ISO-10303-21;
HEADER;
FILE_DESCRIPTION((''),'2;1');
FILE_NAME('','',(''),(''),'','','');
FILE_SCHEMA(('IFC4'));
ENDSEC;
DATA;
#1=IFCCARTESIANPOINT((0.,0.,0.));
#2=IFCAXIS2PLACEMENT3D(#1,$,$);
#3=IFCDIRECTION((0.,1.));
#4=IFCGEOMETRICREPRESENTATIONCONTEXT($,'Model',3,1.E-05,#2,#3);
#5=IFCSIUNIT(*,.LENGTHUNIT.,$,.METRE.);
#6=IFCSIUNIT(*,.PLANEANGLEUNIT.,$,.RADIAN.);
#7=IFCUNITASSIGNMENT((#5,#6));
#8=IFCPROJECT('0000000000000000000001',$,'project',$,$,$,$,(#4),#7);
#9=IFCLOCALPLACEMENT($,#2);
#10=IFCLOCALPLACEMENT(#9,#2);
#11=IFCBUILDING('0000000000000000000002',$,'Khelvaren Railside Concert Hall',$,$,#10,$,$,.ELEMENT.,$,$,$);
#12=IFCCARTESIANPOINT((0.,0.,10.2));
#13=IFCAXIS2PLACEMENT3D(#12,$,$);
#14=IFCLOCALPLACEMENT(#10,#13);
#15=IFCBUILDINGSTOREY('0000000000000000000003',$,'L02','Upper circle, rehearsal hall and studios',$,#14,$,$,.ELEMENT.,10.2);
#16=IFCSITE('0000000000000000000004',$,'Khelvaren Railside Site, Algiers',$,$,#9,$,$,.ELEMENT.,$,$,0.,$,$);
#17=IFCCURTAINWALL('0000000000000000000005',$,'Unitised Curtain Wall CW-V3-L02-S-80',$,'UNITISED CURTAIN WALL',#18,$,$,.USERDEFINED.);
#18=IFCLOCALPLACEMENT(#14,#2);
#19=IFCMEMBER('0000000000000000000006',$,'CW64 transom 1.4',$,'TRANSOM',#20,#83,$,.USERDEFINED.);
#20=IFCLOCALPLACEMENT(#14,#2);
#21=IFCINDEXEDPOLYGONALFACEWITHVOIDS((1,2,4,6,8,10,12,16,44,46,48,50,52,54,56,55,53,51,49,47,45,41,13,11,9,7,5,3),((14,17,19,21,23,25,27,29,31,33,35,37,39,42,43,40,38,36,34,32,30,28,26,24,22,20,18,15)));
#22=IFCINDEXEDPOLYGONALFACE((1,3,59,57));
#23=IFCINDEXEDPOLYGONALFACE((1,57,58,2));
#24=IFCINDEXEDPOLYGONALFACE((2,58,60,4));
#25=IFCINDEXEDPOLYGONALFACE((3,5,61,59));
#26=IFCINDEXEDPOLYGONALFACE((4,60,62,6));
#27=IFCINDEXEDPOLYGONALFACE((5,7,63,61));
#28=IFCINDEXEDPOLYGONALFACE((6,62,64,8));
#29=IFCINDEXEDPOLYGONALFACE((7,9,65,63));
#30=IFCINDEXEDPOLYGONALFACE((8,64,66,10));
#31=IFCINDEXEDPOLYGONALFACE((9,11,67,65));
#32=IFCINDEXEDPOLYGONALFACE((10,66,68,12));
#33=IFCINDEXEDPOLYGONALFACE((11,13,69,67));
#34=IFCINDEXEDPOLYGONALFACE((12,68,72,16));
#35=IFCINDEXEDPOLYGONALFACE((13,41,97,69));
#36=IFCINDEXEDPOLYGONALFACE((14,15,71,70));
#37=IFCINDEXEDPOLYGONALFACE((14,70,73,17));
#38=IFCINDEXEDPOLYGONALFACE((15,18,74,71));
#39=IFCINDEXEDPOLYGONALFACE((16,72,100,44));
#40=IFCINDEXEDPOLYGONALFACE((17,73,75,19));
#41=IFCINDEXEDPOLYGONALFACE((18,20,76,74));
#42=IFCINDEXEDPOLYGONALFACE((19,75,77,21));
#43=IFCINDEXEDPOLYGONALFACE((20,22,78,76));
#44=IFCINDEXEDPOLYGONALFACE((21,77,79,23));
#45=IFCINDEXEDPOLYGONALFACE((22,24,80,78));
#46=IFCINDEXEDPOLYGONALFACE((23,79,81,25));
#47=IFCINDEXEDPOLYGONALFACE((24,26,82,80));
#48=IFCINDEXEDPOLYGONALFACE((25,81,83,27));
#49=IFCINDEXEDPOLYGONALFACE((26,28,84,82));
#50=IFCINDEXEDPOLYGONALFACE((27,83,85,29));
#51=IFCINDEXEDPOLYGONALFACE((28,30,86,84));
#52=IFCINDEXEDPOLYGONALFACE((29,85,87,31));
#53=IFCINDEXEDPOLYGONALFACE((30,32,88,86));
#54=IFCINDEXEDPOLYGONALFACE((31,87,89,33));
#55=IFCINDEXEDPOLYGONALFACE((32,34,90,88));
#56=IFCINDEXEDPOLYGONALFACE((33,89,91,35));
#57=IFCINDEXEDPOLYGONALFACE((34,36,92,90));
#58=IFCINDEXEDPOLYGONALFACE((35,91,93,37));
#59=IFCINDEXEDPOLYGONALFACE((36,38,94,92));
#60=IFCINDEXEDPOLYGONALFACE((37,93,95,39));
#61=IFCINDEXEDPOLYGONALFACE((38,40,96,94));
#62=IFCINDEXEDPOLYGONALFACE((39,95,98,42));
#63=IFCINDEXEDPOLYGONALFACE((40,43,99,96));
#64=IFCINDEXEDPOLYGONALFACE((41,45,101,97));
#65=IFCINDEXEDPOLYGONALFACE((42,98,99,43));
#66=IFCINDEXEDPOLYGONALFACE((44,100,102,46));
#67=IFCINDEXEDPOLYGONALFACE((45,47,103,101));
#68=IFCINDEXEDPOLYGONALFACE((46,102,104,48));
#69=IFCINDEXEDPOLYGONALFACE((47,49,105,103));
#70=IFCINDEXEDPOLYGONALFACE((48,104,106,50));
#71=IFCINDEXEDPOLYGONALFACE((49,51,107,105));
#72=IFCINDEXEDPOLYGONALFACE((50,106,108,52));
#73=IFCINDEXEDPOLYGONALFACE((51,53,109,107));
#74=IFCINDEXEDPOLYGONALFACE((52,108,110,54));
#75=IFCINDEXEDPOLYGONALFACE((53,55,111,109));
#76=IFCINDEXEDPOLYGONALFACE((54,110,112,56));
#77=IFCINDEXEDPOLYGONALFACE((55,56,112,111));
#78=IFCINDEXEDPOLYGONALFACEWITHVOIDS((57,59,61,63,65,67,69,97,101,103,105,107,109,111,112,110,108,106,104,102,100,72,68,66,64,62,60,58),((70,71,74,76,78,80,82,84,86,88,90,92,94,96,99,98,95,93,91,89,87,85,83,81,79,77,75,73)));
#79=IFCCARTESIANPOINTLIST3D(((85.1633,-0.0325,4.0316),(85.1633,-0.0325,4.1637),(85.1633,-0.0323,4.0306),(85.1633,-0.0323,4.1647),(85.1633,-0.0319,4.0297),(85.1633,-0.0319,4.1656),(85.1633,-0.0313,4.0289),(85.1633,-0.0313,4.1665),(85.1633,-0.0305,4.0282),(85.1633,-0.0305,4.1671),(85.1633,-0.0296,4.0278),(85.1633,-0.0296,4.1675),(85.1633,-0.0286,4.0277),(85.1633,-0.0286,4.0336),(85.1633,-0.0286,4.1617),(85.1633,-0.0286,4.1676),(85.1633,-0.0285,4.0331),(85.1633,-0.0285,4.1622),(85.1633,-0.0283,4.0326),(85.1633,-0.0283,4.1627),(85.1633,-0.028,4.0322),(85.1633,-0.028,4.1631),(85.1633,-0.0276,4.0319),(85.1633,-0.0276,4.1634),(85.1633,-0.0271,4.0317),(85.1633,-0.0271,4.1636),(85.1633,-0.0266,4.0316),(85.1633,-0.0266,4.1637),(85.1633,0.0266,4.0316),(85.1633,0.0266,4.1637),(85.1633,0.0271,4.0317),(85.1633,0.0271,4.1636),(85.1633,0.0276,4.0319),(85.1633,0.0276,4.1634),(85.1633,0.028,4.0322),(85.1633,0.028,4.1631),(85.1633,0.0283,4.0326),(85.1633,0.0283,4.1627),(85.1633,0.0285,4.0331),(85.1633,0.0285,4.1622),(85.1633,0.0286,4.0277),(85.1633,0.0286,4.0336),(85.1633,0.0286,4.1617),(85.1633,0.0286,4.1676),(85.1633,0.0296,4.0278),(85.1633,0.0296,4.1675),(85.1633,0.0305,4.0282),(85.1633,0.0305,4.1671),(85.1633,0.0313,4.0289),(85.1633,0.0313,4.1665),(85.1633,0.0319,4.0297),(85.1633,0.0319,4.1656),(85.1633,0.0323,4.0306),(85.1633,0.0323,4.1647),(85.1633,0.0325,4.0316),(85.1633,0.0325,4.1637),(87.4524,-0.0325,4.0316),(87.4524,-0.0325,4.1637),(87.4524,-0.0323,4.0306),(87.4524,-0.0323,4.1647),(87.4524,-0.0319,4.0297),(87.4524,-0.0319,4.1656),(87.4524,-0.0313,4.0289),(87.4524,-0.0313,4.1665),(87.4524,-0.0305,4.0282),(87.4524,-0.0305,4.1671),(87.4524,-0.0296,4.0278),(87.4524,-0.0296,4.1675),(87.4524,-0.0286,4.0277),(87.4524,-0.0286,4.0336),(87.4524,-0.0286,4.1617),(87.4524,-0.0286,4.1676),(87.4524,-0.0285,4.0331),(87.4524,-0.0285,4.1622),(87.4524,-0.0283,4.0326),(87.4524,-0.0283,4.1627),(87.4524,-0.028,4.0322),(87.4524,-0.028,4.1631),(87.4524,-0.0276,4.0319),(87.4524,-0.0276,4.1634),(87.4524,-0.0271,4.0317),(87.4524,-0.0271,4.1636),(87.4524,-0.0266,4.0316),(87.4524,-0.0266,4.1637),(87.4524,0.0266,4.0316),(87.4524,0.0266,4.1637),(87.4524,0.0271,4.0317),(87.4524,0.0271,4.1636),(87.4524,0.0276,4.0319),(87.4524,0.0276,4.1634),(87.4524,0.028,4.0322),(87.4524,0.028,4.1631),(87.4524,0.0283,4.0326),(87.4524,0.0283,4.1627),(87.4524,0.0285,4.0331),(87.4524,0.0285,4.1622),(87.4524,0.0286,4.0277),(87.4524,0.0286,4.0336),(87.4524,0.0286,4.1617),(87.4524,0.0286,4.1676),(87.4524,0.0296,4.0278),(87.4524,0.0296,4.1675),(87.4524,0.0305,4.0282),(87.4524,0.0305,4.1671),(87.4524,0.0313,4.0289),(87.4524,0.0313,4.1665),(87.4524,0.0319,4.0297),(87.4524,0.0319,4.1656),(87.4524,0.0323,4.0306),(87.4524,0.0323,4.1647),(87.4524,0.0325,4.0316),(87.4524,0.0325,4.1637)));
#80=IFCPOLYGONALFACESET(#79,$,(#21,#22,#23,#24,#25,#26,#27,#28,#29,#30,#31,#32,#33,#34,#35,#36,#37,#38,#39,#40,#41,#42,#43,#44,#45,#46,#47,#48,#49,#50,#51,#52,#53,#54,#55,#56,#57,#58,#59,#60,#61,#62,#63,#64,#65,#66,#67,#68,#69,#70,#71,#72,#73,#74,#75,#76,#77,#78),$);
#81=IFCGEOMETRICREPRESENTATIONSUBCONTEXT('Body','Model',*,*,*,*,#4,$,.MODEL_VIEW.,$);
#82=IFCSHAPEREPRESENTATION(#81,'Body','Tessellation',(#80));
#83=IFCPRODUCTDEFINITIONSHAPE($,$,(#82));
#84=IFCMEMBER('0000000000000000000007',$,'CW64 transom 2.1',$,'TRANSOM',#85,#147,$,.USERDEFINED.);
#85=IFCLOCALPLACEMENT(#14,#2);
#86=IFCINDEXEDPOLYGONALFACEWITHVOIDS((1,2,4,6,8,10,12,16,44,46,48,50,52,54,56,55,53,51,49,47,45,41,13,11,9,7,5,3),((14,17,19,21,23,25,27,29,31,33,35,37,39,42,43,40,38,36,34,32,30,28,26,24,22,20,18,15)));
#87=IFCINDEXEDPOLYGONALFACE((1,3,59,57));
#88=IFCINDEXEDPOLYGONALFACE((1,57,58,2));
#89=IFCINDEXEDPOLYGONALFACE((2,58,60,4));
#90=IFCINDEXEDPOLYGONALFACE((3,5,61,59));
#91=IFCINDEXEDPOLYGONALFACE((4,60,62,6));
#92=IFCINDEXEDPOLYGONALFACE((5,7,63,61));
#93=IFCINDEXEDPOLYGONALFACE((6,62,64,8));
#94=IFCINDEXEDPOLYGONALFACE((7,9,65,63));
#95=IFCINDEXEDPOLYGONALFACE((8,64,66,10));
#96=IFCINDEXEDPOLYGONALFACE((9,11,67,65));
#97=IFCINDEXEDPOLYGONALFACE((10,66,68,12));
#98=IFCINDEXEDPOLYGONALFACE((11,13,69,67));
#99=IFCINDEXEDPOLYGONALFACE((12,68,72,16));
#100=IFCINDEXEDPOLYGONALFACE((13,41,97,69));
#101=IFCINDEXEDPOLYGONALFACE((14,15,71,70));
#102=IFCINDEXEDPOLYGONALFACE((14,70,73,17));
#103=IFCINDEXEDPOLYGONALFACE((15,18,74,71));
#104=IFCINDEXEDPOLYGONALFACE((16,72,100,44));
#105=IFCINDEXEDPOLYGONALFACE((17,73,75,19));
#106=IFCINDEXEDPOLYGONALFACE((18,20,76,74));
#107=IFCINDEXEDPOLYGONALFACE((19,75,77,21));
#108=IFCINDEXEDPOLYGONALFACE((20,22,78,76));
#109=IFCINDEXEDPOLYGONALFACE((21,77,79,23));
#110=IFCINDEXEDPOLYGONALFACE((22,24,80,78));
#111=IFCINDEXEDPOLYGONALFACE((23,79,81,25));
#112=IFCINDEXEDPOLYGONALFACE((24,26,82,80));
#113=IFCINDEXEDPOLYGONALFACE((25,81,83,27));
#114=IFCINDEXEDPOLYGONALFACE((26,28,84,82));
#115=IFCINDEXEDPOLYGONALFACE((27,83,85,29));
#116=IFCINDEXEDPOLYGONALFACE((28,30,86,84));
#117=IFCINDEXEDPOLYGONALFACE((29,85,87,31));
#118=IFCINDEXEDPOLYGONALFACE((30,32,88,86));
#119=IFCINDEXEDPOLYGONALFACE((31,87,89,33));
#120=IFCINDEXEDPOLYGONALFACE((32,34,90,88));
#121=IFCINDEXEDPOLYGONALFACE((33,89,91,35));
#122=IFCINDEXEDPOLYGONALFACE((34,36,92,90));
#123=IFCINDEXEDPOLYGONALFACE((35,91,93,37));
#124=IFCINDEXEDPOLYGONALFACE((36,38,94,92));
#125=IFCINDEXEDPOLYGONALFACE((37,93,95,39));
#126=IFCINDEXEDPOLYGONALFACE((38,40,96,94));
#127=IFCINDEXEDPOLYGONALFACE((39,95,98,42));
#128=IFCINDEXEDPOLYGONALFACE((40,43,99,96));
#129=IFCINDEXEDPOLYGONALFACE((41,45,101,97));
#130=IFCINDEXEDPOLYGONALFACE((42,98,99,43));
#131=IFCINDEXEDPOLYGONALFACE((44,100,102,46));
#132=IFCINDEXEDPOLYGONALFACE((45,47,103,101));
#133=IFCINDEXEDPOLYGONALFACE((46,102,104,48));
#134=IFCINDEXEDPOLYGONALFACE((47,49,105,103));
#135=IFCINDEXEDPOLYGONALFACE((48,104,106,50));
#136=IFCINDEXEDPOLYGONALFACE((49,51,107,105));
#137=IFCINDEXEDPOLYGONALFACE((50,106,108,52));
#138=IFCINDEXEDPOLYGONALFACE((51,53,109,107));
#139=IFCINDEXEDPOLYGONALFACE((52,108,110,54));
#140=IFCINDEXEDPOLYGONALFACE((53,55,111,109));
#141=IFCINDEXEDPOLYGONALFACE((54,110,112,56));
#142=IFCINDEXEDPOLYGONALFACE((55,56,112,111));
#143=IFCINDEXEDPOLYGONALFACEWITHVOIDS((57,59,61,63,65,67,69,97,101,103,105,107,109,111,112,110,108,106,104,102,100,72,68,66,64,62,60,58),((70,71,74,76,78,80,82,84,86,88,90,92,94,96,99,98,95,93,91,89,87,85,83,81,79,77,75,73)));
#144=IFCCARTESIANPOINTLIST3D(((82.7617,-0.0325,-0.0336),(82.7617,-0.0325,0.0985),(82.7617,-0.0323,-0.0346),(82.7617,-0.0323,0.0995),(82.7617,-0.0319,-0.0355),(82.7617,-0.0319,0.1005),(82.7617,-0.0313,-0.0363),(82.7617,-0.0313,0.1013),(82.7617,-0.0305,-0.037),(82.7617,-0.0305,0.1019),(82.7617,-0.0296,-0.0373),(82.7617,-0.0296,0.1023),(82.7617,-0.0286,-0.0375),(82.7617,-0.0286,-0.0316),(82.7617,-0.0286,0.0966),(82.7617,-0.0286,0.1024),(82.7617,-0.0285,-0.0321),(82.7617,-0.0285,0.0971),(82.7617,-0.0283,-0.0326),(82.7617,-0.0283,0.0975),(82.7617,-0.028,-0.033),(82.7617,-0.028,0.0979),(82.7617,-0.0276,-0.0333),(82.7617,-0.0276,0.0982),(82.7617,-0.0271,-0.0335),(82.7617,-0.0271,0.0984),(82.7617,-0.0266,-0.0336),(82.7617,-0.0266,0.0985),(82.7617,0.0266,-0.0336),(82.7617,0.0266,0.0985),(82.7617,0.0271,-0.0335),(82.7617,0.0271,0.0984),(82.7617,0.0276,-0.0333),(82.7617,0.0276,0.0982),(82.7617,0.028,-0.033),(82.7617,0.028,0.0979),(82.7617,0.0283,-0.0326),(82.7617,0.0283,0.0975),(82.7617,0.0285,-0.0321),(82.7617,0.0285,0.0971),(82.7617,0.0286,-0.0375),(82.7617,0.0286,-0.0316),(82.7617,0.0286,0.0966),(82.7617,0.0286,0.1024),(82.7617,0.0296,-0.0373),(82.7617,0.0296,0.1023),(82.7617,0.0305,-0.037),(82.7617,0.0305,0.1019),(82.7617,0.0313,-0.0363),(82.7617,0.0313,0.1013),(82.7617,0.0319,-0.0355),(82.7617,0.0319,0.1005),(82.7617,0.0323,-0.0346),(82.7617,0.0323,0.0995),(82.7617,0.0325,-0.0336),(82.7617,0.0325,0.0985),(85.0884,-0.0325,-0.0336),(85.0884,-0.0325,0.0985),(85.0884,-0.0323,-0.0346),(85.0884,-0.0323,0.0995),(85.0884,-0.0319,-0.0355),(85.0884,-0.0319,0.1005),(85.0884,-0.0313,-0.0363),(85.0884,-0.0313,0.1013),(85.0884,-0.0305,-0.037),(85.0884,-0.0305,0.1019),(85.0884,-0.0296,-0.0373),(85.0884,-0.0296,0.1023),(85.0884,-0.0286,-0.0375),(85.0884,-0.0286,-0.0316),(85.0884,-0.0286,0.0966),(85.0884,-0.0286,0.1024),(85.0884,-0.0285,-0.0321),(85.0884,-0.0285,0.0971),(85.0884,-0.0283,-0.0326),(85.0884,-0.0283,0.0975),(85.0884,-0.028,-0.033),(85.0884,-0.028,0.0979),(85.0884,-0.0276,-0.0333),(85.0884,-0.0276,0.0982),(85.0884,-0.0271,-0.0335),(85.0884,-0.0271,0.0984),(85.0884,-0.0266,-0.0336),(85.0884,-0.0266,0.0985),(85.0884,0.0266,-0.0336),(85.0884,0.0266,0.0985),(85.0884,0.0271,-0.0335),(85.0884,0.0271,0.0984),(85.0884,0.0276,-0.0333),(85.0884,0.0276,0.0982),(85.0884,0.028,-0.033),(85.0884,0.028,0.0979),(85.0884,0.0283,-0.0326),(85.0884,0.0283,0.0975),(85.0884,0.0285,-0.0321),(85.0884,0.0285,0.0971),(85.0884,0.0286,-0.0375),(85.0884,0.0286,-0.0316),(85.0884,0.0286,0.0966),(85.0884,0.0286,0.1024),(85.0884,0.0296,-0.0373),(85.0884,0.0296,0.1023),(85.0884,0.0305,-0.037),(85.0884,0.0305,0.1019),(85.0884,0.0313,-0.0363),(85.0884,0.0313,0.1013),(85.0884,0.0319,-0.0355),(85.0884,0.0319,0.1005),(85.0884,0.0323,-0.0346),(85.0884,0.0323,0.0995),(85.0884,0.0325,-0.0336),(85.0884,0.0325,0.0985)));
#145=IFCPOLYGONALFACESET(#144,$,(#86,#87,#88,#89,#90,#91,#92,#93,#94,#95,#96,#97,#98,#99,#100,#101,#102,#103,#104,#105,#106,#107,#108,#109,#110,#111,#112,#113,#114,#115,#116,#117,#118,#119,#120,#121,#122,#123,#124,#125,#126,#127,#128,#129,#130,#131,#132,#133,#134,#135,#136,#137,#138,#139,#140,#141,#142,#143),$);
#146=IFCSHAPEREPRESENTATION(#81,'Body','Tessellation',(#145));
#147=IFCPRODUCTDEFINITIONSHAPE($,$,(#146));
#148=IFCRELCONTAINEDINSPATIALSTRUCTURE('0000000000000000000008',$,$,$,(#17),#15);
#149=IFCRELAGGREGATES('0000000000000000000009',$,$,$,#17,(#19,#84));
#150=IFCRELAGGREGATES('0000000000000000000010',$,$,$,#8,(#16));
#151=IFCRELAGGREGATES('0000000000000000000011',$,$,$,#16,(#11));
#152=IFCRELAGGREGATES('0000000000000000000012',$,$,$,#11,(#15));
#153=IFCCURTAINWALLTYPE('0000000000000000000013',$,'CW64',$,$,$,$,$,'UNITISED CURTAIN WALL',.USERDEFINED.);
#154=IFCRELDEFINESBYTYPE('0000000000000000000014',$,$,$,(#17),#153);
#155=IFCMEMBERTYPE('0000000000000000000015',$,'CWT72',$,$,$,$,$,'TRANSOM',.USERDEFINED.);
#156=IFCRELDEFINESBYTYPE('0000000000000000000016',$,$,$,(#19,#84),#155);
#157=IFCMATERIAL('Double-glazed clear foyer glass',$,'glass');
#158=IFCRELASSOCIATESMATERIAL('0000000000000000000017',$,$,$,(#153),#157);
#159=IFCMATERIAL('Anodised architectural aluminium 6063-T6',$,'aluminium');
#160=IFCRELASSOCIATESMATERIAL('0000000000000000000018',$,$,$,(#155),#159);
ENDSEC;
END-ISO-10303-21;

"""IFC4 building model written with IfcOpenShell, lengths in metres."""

from ifc_helpers import new_model, si_unit, direction, frame, origin, origin_2d, place, context, subcontext, project, spatial, hollow_rectangle, extrude, material, material_profile, profile_set, type_object, element, aggregate, save


model = new_model("IFC4")

# Units and contexts
model_context = context("Model", 3, precision=1e-05, world=origin(), true_north=direction((0.0, 1.0)))
body_context = subcontext(model_context, "Body", "Model", "MODEL_VIEW")
ifc_project = project(units=[si_unit("LENGTHUNIT", "METRE"), si_unit("PLANEANGLEUNIT", "RADIAN")], contexts=[model_context])

# Site, building, storey
site_placement = place(None, origin())
site = spatial("IfcSite", under=ifc_project, at=site_placement, Name="Khelvaren Railside Site, Algiers", CompositionType="ELEMENT", RefElevation=0.0)
building_placement = place(site_placement, origin())
building = spatial("IfcBuilding", under=site, at=building_placement, Name="Khelvaren Railside Concert Hall", CompositionType="ELEMENT")
storey_placement = place(building_placement, frame((0.0, 0.0, 10.2)))
storey = spatial("IfcBuildingStorey", under=building, at=storey_placement, Name="L02", Description="Upper circle, rehearsal hall and studios", CompositionType="ELEMENT", Elevation=10.2)

# Curtain wall
ifc_material_1 = material(Name="Double-glazed clear foyer glass", Category="glass")
curtain_wall_type_1 = type_object("IfcCurtainWallType", Name="CW64", ElementType="UNITISED CURTAIN WALL", PredefinedType="USERDEFINED", material=ifc_material_1)
curtain_wall_1_placement = place(storey_placement, origin())
curtain_wall_1 = element("IfcCurtainWall", 1, at=curtain_wall_1_placement, inside=storey, type_object=curtain_wall_type_1, Name="Unitised Curtain Wall CW-V3-L02-S-80", ObjectType="UNITISED CURTAIN WALL", PredefinedType="USERDEFINED")
ifc_material_2 = material(Name="Anodised architectural aluminium 6063-T6", Category="aluminium")

# Members
ifc_material_profile_1 = material_profile(ifc_material_2, hollow_rectangle(XDim=0.0649, YDim=0.1399, WallThickness=0.0039, InnerFilletRadius=0.002, OuterFilletRadius=0.0039, at=origin_2d()), Name="CWT 65x140x4")
ifc_profile_set_1 = profile_set([ifc_material_profile_1], Name="Anodised architectural aluminium 6063-T6")
member_type_1 = type_object("IfcMemberType", Name="CWT72", ElementType="TRANSOM", PredefinedType="USERDEFINED", material=ifc_profile_set_1)
member_1_placement = place(storey_placement, frame((87.4524, 0.0, 4.0977), z_axis=(-1.0, 0.0, 0.0), x_axis=(0.0, -1.0, 0.0)))
member_1 = element("IfcMember", 2, at=member_1_placement, type_object=member_type_1, Name="CW64 transom 1.4", ObjectType="TRANSOM", PredefinedType="USERDEFINED", context=body_context, shape_type="SweptSolid", body=[
    extrude(hollow_rectangle(XDim=0.0649, YDim=0.1399, WallThickness=0.0039, InnerFilletRadius=0.002, OuterFilletRadius=0.0039, at=origin_2d()), origin(), (0.0, 0.0, 1.0), 2.2891),
])
member_2_placement = place(storey_placement, frame((85.0884, 0.0, 0.0325), z_axis=(-1.0, 0.0, 0.0), x_axis=(0.0, -1.0, 0.0)))
member_2 = element("IfcMember", 3, at=member_2_placement, type_object=member_type_1, Name="CW64 transom 2.1", ObjectType="TRANSOM", PredefinedType="USERDEFINED", context=body_context, shape_type="SweptSolid", body=[
    extrude(hollow_rectangle(XDim=0.0649, YDim=0.1399, WallThickness=0.0039, InnerFilletRadius=0.002, OuterFilletRadius=0.0039, at=origin_2d()), origin(), (0.0, 0.0, 1.0), 2.3267),
])

aggregate(curtain_wall_1, [member_1, member_2])

save(model, "model.ifc")
